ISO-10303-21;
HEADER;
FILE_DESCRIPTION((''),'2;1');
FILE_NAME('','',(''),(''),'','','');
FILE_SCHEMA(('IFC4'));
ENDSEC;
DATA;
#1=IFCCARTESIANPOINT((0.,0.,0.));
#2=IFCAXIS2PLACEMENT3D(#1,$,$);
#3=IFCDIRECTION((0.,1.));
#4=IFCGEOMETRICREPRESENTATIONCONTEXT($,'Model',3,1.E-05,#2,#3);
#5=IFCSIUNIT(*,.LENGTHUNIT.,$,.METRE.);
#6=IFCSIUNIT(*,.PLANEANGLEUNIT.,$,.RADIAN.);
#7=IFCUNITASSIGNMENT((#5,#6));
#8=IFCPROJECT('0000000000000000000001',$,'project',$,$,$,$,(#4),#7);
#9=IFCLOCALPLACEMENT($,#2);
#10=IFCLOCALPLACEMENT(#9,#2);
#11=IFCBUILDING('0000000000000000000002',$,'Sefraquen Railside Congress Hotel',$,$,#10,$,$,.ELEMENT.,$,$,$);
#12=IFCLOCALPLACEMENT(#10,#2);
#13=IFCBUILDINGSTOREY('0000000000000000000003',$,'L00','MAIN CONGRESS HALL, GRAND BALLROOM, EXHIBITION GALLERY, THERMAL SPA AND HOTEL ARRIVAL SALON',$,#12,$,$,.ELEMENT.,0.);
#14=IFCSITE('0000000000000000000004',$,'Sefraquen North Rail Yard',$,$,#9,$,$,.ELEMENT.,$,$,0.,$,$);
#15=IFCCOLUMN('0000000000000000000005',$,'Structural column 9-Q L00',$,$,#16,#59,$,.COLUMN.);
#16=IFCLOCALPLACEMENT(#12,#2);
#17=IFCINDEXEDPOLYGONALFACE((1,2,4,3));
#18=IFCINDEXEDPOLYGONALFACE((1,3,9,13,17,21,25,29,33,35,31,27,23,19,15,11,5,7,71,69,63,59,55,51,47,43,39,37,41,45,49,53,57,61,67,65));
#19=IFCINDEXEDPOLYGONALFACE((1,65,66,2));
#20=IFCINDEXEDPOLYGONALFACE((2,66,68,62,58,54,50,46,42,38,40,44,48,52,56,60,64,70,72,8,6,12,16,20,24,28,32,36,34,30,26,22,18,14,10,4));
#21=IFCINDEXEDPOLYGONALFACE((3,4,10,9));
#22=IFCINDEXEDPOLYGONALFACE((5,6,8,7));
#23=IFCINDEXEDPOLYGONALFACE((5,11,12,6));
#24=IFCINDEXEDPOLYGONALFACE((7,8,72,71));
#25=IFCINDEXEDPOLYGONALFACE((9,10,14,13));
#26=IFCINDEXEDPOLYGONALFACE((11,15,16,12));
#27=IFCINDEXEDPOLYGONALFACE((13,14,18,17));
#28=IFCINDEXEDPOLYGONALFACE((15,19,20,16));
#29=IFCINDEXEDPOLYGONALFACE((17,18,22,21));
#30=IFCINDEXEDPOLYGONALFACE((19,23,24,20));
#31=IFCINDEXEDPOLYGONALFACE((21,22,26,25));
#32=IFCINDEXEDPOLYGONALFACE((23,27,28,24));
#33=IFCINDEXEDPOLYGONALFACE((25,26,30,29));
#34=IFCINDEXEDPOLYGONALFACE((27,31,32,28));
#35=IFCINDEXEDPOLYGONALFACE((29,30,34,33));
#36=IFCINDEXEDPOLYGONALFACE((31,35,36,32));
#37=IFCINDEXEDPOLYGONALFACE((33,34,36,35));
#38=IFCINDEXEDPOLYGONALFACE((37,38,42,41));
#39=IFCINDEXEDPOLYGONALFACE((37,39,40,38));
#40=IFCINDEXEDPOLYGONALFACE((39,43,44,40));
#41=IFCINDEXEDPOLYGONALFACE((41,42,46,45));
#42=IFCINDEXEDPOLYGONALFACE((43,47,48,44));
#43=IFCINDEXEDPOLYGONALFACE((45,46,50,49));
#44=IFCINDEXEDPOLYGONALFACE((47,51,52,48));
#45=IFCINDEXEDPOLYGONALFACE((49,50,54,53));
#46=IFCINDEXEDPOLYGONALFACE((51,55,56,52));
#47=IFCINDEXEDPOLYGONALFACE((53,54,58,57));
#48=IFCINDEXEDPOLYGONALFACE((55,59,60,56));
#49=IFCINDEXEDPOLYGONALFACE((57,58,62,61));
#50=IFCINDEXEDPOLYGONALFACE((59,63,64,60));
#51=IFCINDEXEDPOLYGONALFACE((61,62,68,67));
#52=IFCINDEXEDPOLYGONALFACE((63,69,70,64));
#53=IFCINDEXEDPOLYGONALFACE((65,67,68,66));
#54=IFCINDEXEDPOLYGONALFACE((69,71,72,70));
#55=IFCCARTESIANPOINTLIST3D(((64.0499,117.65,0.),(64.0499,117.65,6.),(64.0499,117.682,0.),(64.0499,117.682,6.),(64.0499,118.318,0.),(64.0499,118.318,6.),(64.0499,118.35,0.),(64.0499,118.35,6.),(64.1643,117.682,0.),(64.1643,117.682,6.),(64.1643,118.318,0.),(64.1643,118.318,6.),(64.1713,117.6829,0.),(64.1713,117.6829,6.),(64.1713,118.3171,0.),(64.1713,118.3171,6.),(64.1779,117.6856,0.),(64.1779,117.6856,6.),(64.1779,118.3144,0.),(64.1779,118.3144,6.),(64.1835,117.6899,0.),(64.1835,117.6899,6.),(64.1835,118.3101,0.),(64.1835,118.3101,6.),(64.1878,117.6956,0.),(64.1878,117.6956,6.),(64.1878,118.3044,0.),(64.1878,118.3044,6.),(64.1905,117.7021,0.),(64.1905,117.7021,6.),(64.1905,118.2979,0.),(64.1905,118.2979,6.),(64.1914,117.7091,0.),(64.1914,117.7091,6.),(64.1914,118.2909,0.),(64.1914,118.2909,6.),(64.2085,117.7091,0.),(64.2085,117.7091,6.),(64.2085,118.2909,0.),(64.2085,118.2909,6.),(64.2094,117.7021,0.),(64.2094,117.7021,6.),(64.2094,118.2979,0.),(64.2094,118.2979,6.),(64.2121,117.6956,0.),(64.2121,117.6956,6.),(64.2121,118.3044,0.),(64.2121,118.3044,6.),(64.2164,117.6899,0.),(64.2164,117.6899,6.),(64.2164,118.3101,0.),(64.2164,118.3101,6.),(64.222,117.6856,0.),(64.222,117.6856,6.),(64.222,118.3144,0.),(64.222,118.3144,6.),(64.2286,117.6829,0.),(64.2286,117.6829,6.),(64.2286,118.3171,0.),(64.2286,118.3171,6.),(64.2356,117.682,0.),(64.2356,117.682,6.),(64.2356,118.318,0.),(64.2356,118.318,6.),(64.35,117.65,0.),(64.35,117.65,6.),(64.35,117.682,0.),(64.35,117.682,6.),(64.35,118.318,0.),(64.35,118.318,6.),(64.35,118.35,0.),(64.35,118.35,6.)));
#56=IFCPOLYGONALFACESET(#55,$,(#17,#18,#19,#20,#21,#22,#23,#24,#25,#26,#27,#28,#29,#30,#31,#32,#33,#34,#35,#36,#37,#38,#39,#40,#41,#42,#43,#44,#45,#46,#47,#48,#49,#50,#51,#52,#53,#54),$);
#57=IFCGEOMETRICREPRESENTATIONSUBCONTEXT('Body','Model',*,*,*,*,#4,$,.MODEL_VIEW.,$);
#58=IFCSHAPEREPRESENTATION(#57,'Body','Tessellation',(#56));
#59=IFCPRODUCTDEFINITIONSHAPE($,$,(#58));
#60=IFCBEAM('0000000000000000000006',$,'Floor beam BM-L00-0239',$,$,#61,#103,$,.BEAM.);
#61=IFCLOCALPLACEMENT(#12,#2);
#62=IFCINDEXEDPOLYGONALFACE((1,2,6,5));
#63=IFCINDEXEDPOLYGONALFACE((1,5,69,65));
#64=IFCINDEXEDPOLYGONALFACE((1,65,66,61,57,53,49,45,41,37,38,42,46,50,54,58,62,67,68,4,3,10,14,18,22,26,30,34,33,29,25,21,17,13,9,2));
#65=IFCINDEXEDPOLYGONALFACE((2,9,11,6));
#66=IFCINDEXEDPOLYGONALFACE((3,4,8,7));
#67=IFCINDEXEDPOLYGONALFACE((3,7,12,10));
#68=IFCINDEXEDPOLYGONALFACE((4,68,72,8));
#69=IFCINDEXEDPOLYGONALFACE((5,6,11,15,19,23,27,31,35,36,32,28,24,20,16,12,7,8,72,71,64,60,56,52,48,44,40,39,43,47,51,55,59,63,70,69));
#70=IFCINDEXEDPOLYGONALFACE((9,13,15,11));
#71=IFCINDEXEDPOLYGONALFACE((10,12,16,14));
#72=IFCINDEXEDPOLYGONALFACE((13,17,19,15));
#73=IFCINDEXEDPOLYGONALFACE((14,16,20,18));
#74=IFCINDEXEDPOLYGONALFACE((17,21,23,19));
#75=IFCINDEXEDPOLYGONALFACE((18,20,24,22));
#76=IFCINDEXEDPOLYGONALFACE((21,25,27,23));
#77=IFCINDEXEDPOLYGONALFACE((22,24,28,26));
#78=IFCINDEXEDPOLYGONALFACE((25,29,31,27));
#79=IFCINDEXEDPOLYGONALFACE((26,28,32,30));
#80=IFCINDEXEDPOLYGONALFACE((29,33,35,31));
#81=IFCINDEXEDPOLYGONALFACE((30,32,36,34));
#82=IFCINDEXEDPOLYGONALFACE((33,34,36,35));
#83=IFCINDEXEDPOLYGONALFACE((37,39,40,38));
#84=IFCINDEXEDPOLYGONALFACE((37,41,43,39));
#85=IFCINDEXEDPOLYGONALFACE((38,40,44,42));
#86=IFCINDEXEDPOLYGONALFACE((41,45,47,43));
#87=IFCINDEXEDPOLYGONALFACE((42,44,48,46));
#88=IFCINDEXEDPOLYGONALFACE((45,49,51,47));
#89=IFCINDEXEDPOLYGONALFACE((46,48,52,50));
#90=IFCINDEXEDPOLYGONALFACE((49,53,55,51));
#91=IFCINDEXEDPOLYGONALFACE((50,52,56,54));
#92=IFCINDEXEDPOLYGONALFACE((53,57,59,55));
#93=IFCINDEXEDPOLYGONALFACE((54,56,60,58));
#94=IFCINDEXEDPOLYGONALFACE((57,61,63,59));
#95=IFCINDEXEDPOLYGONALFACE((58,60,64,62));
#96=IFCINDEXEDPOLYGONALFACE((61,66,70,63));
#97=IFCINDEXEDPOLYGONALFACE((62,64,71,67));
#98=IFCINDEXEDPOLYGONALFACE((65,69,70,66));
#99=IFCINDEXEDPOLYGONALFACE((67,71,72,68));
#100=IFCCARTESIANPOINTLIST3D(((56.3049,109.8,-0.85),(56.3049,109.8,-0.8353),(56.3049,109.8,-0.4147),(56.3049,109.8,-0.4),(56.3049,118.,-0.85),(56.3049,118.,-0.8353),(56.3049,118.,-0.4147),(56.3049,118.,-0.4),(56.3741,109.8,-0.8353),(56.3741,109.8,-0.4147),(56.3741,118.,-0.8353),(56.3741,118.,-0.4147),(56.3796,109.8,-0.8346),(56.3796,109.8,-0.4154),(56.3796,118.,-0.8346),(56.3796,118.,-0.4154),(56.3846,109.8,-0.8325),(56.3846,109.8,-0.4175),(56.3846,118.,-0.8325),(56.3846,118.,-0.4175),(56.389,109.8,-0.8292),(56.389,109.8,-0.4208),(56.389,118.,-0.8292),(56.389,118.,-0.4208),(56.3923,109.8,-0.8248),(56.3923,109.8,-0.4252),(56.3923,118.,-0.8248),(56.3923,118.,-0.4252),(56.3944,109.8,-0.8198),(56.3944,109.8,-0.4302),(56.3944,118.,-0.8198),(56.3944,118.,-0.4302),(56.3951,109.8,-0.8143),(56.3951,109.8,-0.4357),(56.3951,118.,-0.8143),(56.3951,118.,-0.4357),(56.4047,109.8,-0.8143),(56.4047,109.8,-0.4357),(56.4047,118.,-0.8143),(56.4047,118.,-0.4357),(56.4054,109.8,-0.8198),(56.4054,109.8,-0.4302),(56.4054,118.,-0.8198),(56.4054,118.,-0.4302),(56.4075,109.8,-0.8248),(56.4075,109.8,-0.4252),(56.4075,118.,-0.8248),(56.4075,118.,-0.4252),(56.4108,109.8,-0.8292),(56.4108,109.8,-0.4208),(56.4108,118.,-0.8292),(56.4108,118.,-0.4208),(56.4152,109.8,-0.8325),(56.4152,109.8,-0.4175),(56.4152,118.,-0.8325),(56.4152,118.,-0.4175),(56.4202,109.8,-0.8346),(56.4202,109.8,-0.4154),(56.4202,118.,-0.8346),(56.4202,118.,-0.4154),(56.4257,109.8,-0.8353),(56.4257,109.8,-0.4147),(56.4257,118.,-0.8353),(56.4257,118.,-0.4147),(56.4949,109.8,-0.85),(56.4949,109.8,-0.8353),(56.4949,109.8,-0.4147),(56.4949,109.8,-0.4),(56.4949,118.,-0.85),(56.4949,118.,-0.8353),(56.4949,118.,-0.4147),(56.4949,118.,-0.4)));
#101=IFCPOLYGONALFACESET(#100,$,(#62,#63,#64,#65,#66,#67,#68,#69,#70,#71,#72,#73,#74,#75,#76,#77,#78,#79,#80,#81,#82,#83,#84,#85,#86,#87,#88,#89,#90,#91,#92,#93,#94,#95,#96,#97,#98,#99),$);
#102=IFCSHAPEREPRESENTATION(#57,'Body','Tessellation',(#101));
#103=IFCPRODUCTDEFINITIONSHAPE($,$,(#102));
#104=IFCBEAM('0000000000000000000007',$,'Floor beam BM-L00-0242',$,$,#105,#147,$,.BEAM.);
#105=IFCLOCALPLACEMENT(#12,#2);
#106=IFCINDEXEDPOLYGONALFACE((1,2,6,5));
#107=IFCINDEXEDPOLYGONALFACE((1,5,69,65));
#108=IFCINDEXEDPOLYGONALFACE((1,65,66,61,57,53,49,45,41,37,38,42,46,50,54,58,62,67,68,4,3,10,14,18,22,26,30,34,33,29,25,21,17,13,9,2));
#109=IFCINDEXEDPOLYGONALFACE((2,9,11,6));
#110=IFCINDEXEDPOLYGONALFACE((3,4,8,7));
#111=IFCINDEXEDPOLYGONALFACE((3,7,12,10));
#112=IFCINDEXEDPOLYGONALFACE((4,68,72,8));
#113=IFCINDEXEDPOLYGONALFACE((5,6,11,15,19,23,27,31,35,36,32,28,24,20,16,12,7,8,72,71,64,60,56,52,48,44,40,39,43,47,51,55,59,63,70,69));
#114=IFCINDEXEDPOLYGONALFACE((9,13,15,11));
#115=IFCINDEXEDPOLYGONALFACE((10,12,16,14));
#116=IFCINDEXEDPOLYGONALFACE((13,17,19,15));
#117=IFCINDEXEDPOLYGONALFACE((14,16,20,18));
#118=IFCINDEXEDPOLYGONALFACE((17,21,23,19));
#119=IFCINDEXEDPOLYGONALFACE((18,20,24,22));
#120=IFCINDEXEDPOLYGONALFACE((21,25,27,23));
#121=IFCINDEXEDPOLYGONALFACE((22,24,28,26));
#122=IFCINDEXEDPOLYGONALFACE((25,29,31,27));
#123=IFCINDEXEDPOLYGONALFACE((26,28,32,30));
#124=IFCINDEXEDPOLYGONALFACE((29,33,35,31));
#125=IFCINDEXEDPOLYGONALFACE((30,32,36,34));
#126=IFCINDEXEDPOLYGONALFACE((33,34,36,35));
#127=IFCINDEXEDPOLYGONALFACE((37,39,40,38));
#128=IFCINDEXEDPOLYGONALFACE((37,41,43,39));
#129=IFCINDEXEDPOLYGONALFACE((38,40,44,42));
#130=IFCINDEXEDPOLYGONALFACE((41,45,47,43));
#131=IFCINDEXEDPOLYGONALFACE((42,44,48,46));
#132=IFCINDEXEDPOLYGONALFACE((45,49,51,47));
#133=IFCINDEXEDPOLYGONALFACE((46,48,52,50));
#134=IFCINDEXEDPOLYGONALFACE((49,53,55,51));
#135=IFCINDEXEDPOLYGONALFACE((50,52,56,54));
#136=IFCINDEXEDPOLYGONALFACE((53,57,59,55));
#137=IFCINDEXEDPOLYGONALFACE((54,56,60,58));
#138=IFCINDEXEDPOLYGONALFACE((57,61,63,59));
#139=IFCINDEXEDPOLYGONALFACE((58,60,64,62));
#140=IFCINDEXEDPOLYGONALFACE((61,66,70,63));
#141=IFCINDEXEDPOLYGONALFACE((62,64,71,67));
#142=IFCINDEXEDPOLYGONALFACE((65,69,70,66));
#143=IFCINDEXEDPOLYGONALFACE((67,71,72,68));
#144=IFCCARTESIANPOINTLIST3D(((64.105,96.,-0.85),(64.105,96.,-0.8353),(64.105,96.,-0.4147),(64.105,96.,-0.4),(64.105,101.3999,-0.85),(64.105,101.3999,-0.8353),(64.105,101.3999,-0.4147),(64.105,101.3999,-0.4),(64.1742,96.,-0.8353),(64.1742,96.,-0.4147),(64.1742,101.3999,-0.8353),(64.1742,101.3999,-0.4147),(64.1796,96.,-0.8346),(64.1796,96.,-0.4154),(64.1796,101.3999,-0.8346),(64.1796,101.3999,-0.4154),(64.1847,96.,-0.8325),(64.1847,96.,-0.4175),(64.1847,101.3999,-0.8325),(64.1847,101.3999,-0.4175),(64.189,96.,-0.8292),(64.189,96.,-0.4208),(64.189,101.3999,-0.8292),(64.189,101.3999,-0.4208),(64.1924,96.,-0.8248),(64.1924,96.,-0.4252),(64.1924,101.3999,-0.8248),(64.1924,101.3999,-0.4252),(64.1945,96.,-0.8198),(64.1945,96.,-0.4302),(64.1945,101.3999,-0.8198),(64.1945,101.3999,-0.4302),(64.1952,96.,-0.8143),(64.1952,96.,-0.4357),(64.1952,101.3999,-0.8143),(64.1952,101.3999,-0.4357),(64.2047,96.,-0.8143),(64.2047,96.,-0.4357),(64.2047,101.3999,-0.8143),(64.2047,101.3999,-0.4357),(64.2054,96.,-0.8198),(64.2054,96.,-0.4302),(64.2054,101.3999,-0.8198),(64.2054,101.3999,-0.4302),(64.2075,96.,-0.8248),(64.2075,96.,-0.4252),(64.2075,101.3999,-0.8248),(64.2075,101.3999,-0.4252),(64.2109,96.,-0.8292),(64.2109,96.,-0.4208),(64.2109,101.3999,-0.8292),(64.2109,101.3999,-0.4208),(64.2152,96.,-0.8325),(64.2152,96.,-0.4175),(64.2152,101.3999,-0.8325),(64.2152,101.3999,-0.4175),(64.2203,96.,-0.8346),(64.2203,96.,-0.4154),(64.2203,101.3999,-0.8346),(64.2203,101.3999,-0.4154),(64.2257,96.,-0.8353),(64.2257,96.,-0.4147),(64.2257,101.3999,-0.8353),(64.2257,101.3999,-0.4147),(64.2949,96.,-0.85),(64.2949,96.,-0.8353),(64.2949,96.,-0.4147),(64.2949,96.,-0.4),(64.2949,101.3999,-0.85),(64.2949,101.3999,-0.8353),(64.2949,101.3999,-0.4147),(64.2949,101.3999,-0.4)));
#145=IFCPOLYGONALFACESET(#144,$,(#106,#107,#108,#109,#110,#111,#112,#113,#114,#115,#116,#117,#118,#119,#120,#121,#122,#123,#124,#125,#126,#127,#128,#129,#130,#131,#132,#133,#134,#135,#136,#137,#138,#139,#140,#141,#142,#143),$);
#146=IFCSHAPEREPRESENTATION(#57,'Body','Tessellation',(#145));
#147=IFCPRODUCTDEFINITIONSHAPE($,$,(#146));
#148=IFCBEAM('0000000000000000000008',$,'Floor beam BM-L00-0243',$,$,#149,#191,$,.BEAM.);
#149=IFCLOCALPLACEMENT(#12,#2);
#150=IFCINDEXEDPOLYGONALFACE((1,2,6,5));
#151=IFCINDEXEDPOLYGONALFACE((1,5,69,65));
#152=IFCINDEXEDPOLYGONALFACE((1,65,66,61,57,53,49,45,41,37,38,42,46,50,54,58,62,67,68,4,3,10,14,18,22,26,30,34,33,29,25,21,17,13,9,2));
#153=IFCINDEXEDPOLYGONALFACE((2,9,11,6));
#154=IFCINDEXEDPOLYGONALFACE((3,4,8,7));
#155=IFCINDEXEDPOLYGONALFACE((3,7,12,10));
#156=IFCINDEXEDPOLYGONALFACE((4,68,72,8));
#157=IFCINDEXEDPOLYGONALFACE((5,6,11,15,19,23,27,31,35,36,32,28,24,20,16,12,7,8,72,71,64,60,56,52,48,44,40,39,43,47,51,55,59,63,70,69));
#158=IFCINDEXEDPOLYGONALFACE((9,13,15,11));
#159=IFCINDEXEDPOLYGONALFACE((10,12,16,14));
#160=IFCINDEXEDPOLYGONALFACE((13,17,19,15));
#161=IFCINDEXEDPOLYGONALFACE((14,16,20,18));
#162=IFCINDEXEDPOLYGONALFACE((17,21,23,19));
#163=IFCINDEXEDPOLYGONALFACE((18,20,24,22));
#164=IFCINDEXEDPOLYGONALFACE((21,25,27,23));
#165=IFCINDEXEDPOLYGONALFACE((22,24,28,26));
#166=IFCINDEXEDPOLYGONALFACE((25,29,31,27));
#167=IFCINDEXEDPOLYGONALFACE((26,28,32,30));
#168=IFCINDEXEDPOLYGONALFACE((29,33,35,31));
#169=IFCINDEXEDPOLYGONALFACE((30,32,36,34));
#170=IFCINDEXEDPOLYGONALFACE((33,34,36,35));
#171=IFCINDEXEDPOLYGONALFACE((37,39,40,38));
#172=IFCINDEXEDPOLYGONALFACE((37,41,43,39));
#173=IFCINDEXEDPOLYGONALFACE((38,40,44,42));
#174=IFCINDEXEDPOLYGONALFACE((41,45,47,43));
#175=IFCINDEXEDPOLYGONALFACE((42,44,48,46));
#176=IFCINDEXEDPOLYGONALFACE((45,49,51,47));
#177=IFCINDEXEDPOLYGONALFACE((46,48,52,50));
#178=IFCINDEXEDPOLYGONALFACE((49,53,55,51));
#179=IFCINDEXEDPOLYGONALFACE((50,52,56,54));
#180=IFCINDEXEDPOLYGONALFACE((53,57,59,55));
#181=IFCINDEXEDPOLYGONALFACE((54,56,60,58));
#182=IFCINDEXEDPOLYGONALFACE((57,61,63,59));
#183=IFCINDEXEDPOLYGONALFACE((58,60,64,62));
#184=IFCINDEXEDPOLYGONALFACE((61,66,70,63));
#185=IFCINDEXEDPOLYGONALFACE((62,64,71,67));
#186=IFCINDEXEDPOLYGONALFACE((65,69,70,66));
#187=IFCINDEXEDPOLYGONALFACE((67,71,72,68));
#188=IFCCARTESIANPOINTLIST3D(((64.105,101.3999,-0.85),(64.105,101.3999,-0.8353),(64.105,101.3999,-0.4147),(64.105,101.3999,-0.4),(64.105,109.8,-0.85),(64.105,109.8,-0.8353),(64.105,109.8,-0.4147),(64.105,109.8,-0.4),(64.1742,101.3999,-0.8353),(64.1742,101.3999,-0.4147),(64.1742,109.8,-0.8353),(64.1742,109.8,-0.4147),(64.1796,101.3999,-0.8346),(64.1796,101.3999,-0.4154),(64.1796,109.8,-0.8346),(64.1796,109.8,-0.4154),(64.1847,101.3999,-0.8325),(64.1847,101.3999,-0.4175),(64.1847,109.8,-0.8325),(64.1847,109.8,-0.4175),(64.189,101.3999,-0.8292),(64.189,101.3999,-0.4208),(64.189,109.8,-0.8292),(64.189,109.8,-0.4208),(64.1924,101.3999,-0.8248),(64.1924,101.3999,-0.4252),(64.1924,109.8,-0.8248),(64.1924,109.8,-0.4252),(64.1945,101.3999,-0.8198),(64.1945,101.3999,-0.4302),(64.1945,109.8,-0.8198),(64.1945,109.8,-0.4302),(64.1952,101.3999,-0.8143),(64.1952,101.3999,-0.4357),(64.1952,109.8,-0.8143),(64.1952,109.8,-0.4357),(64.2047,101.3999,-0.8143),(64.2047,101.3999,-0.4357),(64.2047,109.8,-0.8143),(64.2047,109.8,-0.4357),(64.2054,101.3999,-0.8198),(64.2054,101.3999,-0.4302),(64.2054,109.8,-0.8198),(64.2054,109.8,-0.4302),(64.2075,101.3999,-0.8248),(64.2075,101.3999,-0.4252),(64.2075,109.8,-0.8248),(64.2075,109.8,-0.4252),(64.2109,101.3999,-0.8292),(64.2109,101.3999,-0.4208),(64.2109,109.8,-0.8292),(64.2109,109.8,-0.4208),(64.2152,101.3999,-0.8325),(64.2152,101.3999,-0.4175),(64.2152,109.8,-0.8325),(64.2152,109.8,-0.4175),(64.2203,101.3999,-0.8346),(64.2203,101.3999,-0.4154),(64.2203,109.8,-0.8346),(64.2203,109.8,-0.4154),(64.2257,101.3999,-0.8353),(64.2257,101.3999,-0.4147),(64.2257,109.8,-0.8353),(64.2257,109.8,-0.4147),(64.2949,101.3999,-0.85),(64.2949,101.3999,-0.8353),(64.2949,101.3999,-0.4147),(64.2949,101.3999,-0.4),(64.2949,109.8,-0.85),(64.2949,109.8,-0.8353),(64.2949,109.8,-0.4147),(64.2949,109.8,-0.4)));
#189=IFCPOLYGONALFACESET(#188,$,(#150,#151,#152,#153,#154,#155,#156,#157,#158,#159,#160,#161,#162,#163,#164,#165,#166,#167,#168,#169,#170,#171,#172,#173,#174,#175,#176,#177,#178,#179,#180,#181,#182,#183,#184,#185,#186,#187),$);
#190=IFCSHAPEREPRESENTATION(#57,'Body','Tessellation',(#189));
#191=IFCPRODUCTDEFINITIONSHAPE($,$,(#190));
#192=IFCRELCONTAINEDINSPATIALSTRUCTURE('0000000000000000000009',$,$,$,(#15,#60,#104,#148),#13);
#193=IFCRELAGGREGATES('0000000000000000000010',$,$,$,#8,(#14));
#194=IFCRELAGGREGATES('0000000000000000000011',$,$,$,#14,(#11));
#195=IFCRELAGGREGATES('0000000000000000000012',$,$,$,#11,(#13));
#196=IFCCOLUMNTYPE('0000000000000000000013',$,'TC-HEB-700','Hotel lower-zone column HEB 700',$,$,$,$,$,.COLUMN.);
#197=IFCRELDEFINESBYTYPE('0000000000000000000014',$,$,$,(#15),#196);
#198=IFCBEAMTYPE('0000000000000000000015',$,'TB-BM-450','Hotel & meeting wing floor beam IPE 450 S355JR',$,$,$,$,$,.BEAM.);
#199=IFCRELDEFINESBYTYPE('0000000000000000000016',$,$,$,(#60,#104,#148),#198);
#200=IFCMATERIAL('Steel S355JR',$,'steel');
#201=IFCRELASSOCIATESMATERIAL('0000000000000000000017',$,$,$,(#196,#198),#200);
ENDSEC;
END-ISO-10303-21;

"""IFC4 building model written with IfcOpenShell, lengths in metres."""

from ifc_helpers import new_model, si_unit, direction, frame, origin, origin_2d, place, context, subcontext, project, spatial, i_section, extrude, material, material_profile, profile_set, type_object, element, save


model = new_model("IFC4")

# Units and contexts
model_context = context("Model", 3, precision=1e-05, world=origin(), true_north=direction((0.0, 1.0)))
body_context = subcontext(model_context, "Body", "Model", "MODEL_VIEW")
ifc_project = project(units=[si_unit("LENGTHUNIT", "METRE"), si_unit("PLANEANGLEUNIT", "RADIAN")], contexts=[model_context])

# Site, building, storey
site_placement = place(None, origin())
site = spatial("IfcSite", under=ifc_project, at=site_placement, Name="Sefraquen North Rail Yard", CompositionType="ELEMENT", RefElevation=0.0)
building_placement = place(site_placement, origin())
building = spatial("IfcBuilding", under=site, at=building_placement, Name="Sefraquen Railside Congress Hotel", CompositionType="ELEMENT")
storey_placement = place(building_placement, origin())
storey = spatial("IfcBuildingStorey", under=building, at=storey_placement, Name="L00", Description="MAIN CONGRESS HALL, GRAND BALLROOM, EXHIBITION GALLERY, THERMAL SPA AND HOTEL ARRIVAL SALON", CompositionType="ELEMENT", Elevation=0.0)

# Column
ifc_material_1 = material(Name="Steel S355JR", Category="steel")
ifc_material_profile_1 = material_profile(ifc_material_1, i_section(OverallWidth=0.3, OverallDepth=0.7, WebThickness=0.0171, FlangeThickness=0.032, FilletRadius=0.0271, at=origin_2d()), Name="HEB 700")
ifc_profile_set_1 = profile_set([ifc_material_profile_1], Name="Steel S355JR")
column_type_1 = type_object("IfcColumnType", Name="TC-HEB-700", Description="Hotel lower-zone column HEB 700", PredefinedType="COLUMN", material=ifc_profile_set_1)
for number, where, z_axis, x_axis, name in (
    (1, (64.2, 118.0, 0.0), (0.0, 0.0, 1.0), (1.0, 0.0, 0.0), "Structural column 9-Q L00"),
):
    element("IfcColumn", number, at=place(storey_placement, frame(where, z_axis=z_axis, x_axis=x_axis)), inside=storey, type_object=column_type_1, Name=name, PredefinedType="COLUMN", context=body_context, shape_type="SweptSolid", body=[
        extrude(i_section(OverallWidth=0.3, OverallDepth=0.7, WebThickness=0.0171, FlangeThickness=0.032, FilletRadius=0.0271, at=origin_2d()), origin(), (0.0, 0.0, 1.0), 6.0),
    ])

# Beams
ifc_material_profile_2 = material_profile(ifc_material_1, i_section(OverallWidth=0.1899, OverallDepth=0.45, WebThickness=0.0095, FlangeThickness=0.0146, FilletRadius=0.021, at=origin_2d()), Name="IPE 450")
ifc_profile_set_2 = profile_set([ifc_material_profile_2], Name="Steel S355JR")
beam_type_1 = type_object("IfcBeamType", Name="TB-BM-450", Description="Hotel & meeting wing floor beam IPE 450 S355JR", PredefinedType="BEAM", material=ifc_profile_set_2)
beam_1_placement = place(storey_placement, frame((56.3999, 109.8, -0.625), z_axis=(0.0, 1.0, 0.0), x_axis=(-1.0, 0.0, 0.0)))
element("IfcBeam", 2, at=beam_1_placement, inside=storey, type_object=beam_type_1, Name="Floor beam BM-L00-0239", PredefinedType="BEAM", context=body_context, shape_type="SweptSolid", body=[
    extrude(i_section(OverallWidth=0.1899, OverallDepth=0.45, WebThickness=0.0095, FlangeThickness=0.0146, FilletRadius=0.021, at=origin_2d()), origin(), (0.0, 0.0, 1.0), 8.2),
])
beam_2_placement = place(storey_placement, frame((64.2, 96.0, -0.625), z_axis=(0.0, 1.0, 0.0), x_axis=(-1.0, 0.0, 0.0)))
element("IfcBeam", 3, at=beam_2_placement, inside=storey, type_object=beam_type_1, Name="Floor beam BM-L00-0242", PredefinedType="BEAM", context=body_context, shape_type="SweptSolid", body=[
    extrude(i_section(OverallWidth=0.1899, OverallDepth=0.45, WebThickness=0.0095, FlangeThickness=0.0146, FilletRadius=0.021, at=origin_2d()), origin(), (0.0, 0.0, 1.0), 5.3999),
])
beam_3_placement = place(storey_placement, frame((64.2, 101.3999, -0.625), z_axis=(0.0, 1.0, 0.0), x_axis=(-1.0, 0.0, 0.0)))
element("IfcBeam", 4, at=beam_3_placement, inside=storey, type_object=beam_type_1, Name="Floor beam BM-L00-0243", PredefinedType="BEAM", context=body_context, shape_type="SweptSolid", body=[
    extrude(i_section(OverallWidth=0.1899, OverallDepth=0.45, WebThickness=0.0095, FlangeThickness=0.0146, FilletRadius=0.021, at=origin_2d()), origin(), (0.0, 0.0, 1.0), 8.4001),
])

save(model, "model.ifc")
